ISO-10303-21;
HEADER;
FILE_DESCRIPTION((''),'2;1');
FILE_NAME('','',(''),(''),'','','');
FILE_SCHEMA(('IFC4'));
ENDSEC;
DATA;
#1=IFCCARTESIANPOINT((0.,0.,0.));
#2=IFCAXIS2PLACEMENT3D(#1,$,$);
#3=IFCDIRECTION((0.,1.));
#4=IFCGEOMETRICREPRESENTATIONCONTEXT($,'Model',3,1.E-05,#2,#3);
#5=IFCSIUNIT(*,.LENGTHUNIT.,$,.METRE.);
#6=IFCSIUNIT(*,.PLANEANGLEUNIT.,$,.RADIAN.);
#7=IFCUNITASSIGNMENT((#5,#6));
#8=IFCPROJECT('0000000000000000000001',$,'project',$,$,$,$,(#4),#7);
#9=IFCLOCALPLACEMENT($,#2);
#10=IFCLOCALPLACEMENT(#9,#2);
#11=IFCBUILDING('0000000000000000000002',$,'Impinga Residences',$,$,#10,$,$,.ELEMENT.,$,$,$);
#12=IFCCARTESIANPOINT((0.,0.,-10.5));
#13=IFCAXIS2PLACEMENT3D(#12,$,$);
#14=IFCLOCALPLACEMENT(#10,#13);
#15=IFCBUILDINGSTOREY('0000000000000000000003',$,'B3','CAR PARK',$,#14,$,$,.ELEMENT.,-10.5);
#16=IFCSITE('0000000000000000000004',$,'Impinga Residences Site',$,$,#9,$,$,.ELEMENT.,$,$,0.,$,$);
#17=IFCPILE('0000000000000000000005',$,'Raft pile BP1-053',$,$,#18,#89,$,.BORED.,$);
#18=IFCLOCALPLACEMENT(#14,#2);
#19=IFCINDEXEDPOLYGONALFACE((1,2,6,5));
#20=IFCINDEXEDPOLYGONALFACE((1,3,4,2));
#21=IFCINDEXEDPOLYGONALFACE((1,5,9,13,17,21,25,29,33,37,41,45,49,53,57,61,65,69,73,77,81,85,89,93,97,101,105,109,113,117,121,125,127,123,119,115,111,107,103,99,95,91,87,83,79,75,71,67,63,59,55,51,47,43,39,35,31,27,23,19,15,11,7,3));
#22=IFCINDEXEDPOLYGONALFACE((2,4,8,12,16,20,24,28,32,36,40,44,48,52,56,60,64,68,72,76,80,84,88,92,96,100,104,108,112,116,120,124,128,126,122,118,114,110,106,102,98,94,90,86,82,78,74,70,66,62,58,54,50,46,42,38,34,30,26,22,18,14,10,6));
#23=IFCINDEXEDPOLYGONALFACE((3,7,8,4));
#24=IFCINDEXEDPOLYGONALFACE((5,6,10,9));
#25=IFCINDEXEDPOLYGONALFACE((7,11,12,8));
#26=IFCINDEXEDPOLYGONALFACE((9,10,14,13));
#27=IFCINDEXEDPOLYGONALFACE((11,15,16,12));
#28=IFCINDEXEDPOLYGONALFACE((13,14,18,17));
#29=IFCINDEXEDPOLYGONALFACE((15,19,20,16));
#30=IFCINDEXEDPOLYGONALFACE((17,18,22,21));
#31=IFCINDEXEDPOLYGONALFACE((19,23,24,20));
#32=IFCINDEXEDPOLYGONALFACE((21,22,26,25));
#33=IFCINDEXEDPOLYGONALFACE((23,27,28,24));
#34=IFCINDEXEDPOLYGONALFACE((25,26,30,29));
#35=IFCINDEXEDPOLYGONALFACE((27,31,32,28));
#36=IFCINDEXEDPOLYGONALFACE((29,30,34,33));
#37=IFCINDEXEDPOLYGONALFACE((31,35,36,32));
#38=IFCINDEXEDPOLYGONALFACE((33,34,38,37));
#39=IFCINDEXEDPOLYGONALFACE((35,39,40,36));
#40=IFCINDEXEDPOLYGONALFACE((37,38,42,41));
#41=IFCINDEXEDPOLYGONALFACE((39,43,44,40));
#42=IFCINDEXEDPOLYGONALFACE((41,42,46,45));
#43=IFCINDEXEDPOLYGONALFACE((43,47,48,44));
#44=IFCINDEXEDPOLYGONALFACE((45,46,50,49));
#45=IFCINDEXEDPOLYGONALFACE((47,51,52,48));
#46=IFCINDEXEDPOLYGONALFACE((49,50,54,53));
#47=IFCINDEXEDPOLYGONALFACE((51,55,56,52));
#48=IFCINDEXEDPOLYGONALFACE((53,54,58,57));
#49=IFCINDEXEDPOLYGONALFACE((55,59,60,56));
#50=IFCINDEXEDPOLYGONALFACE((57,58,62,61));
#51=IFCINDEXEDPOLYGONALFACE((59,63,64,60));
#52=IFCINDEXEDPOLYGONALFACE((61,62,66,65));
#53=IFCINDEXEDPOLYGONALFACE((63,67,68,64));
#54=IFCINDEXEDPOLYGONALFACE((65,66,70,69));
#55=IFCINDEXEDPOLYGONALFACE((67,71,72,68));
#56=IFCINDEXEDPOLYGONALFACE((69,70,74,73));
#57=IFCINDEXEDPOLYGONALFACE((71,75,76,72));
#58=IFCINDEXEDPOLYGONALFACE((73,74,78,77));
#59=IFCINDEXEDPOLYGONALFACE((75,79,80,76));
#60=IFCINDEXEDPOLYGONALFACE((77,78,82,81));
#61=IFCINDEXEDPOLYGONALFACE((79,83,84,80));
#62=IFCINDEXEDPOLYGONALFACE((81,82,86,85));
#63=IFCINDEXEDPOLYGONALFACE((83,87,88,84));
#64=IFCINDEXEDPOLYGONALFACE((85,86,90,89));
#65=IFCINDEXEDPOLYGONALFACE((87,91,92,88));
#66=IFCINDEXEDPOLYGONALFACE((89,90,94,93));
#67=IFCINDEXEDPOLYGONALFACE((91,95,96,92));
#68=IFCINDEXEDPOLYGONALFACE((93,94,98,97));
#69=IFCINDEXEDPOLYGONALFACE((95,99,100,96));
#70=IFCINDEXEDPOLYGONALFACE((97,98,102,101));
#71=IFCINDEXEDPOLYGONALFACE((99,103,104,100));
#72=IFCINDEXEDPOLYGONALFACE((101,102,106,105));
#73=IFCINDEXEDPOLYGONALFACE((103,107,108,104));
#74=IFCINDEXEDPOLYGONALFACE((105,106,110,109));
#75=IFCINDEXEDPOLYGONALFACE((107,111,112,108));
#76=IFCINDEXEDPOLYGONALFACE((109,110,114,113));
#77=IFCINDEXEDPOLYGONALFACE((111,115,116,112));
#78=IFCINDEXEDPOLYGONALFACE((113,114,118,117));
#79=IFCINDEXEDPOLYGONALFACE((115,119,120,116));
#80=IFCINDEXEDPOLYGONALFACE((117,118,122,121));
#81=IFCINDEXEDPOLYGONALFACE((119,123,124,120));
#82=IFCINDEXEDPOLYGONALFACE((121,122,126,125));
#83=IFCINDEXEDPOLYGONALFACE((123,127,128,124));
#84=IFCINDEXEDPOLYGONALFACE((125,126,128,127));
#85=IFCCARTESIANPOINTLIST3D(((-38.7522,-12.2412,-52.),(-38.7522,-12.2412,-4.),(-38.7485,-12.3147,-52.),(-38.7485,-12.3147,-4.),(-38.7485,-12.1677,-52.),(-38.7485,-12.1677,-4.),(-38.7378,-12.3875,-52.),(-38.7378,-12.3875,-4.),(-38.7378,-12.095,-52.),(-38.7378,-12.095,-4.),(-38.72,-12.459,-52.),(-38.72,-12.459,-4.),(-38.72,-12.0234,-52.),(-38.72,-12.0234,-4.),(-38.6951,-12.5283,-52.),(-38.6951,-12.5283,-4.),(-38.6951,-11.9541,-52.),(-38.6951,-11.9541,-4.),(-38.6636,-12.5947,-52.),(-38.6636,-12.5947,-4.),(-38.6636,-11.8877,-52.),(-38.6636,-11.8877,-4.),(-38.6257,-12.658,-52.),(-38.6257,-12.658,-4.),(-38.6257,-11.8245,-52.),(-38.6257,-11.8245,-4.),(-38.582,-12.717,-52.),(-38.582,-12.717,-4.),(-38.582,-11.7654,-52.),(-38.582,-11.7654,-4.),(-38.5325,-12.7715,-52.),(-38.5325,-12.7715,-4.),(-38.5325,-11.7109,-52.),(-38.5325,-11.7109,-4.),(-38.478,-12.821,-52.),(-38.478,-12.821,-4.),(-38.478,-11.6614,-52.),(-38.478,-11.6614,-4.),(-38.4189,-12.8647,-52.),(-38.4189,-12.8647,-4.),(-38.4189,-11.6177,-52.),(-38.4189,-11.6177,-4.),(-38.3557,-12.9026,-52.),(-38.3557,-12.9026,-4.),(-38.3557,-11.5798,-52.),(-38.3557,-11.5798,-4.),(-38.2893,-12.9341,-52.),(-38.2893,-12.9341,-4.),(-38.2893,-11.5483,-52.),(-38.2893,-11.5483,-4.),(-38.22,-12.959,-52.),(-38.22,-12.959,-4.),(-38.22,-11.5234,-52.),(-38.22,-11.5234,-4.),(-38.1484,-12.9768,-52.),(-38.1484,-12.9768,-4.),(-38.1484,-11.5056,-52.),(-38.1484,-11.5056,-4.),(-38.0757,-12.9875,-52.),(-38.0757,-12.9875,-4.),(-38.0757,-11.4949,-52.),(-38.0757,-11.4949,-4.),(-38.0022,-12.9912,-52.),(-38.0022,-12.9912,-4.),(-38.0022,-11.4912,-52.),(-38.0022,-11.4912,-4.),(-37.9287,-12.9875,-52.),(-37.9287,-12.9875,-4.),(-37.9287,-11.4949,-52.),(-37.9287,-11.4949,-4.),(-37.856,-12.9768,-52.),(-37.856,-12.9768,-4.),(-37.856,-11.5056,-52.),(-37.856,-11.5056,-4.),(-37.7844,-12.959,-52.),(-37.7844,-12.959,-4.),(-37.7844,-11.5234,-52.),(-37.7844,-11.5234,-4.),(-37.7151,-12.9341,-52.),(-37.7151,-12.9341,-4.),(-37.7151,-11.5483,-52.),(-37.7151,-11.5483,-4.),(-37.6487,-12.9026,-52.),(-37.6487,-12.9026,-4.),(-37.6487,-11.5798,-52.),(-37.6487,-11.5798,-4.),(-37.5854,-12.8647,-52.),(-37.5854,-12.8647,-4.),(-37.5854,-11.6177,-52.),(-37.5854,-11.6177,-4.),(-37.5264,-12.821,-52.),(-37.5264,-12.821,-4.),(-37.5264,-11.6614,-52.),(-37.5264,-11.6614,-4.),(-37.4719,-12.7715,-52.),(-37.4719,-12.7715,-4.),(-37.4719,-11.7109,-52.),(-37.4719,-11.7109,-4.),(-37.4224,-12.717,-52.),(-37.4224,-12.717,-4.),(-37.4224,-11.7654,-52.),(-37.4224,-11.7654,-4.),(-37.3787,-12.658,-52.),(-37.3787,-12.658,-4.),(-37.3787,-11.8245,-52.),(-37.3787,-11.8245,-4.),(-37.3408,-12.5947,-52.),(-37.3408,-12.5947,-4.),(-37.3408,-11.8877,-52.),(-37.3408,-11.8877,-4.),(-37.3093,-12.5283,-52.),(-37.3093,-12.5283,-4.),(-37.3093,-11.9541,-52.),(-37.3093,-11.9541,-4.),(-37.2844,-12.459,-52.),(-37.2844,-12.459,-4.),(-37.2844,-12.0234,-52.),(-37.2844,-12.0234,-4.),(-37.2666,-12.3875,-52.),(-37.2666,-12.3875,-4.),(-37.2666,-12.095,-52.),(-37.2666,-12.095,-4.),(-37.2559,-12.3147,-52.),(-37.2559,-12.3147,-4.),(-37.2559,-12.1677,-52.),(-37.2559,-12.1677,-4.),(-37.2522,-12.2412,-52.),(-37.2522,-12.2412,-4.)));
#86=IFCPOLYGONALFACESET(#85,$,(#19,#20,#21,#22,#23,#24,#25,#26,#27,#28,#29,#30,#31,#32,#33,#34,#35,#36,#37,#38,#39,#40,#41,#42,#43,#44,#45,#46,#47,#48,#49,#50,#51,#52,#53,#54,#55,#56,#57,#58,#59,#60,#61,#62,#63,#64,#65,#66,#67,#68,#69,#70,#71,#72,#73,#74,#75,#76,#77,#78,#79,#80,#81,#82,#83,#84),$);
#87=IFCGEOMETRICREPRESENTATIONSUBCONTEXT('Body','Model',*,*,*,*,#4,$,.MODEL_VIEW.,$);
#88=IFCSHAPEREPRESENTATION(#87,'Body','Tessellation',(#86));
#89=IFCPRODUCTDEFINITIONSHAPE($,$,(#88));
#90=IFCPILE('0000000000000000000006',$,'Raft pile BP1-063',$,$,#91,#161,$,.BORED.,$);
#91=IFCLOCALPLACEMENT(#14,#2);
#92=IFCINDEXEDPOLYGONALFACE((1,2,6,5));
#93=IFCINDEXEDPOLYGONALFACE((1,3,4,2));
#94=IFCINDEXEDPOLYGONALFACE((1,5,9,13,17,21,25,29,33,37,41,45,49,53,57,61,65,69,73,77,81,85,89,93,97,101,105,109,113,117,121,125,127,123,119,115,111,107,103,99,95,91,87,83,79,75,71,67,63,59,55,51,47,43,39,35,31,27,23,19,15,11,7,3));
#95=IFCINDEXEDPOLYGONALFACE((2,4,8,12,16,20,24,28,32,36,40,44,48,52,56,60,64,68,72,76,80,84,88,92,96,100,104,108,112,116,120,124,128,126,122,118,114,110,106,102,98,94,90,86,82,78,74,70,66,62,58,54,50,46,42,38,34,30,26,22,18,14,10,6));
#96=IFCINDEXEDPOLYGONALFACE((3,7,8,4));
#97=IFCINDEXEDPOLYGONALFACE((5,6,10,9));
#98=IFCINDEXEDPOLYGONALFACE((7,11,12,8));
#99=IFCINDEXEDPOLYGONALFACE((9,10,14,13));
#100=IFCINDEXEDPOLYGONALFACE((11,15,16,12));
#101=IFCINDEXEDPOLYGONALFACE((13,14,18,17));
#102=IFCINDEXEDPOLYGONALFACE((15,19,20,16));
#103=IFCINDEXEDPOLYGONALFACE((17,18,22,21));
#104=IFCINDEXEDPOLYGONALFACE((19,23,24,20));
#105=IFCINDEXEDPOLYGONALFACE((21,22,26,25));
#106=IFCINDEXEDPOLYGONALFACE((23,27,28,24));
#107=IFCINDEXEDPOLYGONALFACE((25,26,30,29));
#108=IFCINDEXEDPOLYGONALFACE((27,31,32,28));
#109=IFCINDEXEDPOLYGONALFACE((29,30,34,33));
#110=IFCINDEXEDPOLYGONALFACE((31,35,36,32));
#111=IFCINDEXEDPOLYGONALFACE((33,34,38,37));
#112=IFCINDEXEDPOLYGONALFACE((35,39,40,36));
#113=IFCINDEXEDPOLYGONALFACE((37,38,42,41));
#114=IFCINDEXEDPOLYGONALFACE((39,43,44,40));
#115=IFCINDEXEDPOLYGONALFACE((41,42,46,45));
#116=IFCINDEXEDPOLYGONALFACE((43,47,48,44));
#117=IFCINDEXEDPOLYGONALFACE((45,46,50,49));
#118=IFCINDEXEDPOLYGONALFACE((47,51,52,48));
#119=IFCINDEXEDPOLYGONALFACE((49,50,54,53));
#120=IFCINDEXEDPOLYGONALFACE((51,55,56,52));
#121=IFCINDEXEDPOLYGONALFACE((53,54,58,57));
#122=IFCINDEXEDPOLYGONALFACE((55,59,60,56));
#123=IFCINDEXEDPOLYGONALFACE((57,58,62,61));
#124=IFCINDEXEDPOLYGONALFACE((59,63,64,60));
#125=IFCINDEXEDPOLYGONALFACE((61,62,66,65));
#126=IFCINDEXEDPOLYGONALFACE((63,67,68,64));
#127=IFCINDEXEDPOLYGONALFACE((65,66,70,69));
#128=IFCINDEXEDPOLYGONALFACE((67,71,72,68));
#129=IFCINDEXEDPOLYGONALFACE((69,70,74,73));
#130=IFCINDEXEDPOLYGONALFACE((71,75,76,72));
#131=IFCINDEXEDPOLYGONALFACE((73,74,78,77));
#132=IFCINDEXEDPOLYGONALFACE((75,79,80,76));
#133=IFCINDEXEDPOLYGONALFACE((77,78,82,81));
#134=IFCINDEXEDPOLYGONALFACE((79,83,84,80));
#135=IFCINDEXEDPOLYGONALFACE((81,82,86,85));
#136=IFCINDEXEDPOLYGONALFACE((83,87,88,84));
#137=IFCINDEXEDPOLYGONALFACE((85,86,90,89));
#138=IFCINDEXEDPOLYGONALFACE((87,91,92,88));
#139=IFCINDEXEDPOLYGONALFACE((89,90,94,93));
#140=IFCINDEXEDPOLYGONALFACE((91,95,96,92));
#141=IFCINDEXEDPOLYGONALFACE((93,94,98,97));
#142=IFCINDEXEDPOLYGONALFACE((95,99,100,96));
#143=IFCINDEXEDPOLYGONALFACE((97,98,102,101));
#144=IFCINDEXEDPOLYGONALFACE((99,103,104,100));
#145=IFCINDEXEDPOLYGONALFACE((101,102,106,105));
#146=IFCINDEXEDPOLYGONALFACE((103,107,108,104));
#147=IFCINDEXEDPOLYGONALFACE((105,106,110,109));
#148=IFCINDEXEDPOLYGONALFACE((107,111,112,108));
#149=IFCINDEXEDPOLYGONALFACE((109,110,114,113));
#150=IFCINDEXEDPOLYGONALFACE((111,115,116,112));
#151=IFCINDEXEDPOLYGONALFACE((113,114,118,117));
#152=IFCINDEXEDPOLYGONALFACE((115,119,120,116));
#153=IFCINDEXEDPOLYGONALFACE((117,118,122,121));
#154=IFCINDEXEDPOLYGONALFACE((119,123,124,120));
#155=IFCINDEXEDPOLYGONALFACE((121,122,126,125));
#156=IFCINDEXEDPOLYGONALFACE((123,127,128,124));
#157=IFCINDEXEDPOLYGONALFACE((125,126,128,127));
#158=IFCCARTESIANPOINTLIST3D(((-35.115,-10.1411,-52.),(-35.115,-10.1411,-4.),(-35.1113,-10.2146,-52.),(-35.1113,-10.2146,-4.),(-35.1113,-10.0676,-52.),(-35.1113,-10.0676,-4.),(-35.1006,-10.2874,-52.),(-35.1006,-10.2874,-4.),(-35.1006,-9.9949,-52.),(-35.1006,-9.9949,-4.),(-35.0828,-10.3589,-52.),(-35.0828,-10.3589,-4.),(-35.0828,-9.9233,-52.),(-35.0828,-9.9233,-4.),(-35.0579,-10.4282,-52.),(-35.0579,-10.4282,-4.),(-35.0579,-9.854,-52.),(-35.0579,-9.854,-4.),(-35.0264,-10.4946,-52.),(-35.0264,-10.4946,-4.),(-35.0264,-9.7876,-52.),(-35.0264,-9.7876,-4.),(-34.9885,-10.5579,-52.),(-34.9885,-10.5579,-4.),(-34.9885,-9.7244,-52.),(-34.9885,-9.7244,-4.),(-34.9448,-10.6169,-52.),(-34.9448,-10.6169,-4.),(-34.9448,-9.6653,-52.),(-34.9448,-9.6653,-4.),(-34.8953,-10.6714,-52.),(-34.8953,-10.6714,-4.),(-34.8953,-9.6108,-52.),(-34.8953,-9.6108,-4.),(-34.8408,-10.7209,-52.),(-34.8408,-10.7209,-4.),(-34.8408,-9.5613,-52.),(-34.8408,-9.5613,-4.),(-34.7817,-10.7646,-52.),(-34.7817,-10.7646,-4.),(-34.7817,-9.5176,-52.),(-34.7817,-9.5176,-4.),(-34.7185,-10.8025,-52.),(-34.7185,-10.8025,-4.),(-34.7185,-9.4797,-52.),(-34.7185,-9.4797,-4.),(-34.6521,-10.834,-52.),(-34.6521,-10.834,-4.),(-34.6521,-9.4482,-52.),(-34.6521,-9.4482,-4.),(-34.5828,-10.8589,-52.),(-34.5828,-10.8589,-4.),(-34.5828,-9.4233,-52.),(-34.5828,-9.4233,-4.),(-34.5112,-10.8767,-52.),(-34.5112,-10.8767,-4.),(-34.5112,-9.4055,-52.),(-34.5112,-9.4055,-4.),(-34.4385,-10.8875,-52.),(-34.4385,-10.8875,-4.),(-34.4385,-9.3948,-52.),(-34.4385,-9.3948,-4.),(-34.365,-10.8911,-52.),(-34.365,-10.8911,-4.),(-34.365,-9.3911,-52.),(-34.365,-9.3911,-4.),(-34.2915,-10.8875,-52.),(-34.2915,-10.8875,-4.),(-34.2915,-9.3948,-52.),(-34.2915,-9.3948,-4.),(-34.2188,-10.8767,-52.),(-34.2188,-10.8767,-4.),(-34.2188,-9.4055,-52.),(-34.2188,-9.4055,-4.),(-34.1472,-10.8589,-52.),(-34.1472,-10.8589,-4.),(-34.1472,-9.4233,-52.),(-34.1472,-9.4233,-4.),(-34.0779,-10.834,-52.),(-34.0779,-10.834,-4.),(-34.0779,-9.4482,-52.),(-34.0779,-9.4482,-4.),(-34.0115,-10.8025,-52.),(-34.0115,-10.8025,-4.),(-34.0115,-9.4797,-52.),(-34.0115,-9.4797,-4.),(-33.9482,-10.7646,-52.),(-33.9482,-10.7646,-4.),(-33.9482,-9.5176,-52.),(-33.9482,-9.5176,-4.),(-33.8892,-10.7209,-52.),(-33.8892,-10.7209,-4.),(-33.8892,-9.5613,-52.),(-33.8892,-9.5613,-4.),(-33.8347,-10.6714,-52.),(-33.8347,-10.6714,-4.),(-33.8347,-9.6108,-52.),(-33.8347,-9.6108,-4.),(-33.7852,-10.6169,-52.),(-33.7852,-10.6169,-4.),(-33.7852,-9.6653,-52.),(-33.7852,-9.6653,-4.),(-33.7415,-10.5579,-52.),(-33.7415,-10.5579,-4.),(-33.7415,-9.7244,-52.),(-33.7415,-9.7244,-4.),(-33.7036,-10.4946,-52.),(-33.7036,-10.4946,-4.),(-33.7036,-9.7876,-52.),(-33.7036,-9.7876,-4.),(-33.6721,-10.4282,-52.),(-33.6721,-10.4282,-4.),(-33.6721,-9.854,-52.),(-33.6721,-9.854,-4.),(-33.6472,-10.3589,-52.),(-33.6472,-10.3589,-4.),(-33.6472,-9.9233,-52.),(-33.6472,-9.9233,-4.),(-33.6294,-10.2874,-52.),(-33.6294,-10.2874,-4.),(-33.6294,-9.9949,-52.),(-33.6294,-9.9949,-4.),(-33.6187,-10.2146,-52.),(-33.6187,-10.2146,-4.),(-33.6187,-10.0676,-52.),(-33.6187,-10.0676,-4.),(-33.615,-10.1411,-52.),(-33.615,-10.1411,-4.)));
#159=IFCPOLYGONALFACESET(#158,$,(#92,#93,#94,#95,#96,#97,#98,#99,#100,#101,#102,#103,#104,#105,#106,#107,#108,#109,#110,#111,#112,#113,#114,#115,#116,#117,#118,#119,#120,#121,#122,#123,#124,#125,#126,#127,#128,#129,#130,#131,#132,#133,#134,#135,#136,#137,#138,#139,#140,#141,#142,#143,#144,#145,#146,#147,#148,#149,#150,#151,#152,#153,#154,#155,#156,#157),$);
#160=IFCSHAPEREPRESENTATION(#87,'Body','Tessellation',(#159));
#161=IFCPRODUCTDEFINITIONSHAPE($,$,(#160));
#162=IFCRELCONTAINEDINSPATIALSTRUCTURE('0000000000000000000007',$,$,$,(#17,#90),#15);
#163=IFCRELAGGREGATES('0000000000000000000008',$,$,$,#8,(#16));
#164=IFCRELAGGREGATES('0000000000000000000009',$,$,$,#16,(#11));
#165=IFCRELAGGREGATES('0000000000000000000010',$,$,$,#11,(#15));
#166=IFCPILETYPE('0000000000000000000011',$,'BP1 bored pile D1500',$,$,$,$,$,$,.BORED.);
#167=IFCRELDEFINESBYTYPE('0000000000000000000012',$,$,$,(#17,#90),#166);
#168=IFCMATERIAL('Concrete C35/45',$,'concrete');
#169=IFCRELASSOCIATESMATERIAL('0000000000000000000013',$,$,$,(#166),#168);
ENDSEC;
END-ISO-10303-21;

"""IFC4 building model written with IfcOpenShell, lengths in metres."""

from ifc_helpers import new_model, si_unit, direction, frame, origin, origin_2d, place, context, subcontext, project, spatial, polyline, circle, outline, extrude, material, material_profile, profile_set, type_object, element, save


model = new_model("IFC4")

# Units and contexts
model_context = context("Model", 3, precision=1e-05, world=origin(), true_north=direction((0.0, 1.0)))
body_context = subcontext(model_context, "Body", "Model", "MODEL_VIEW")
ifc_project = project(units=[si_unit("LENGTHUNIT", "METRE"), si_unit("PLANEANGLEUNIT", "RADIAN")], contexts=[model_context])

# Site, building, storey
site_placement = place(None, origin())
site = spatial("IfcSite", under=ifc_project, at=site_placement, Name="Impinga Residences Site", CompositionType="ELEMENT", RefElevation=0.0)
building_placement = place(site_placement, origin())
building = spatial("IfcBuilding", under=site, at=building_placement, Name="Impinga Residences", CompositionType="ELEMENT")
storey_placement = place(building_placement, frame((0.0, 0.0, -10.5)))
storey = spatial("IfcBuildingStorey", under=building, at=storey_placement, Name="B3", Description="CAR PARK", CompositionType="ELEMENT", Elevation=-10.5)

# Piles
ifc_material_1 = material(Name="Concrete C35/45", Category="concrete")
ifc_material_profile_1 = material_profile(ifc_material_1, circle(Radius=0.75, at=origin_2d()), Name="D1500")
ifc_profile_set_1 = profile_set([ifc_material_profile_1], Name="Concrete C35/45")
pile_type_1 = type_object("IfcPileType", Name="BP1 bored pile D1500", PredefinedType="BORED", material=ifc_profile_set_1)
pile_1_placement = place(storey_placement, frame((-38.0022, -12.2412, -4.0), z_axis=(0.0, 0.0, -1.0), x_axis=(1.0, 0.0, 0.0)))
element("IfcPile", 1, at=pile_1_placement, inside=storey, type_object=pile_type_1, Name="Raft pile BP1-053", PredefinedType="BORED", context=body_context, shape_type="SweptSolid", body=[
    extrude(outline(polyline([(0.75, 0.0), (0.7463, 0.0735), (0.7356, 0.1462), (0.7178, 0.2178), (0.6929, 0.2871), (0.6614, 0.3535), (0.6235, 0.4167), (0.5798, 0.4758), (0.5303, 0.5303), (0.4758, 0.5798), (0.4167, 0.6235), (0.3535, 0.6614), (0.2871, 0.6929), (0.2178, 0.7178), (0.1462, 0.7356), (0.0735, 0.7463), (0.0, 0.75), (-0.0735, 0.7463), (-0.1462, 0.7356), (-0.2178, 0.7178), (-0.2871, 0.6929), (-0.3535, 0.6614), (-0.4167, 0.6235), (-0.4758, 0.5798), (-0.5303, 0.5303), (-0.5798, 0.4758), (-0.6235, 0.4167), (-0.6614, 0.3535), (-0.6929, 0.2871), (-0.7178, 0.2178), (-0.7356, 0.1462), (-0.7463, 0.0735), (-0.75, 0.0), (-0.7463, -0.0735), (-0.7356, -0.1462), (-0.7178, -0.2178), (-0.6929, -0.2871), (-0.6614, -0.3535), (-0.6235, -0.4167), (-0.5798, -0.4758), (-0.5303, -0.5303), (-0.4758, -0.5798), (-0.4167, -0.6235), (-0.3535, -0.6614), (-0.2871, -0.6929), (-0.2178, -0.7178), (-0.1462, -0.7356), (-0.0735, -0.7463), (0.0, -0.75), (0.0735, -0.7463), (0.1462, -0.7356), (0.2178, -0.7178), (0.2871, -0.6929), (0.3535, -0.6614), (0.4167, -0.6235), (0.4758, -0.5798), (0.5303, -0.5303), (0.5798, -0.4758), (0.6235, -0.4167), (0.6614, -0.3535), (0.6929, -0.2871), (0.7178, -0.2178), (0.7356, -0.1462), (0.7463, -0.0735), (0.75, 0.0)])), origin(), (0.0, 0.0, 1.0), 48.0),
])
pile_2_placement = place(storey_placement, frame((-34.365, -10.1411, -4.0), z_axis=(0.0, 0.0, -1.0), x_axis=(1.0, 0.0, 0.0)))
element("IfcPile", 2, at=pile_2_placement, inside=storey, type_object=pile_type_1, Name="Raft pile BP1-063", PredefinedType="BORED", context=body_context, shape_type="SweptSolid", body=[
    extrude(outline(polyline([(0.75, 0.0), (0.7463, 0.0735), (0.7356, 0.1462), (0.7178, 0.2178), (0.6929, 0.2871), (0.6614, 0.3535), (0.6235, 0.4167), (0.5798, 0.4758), (0.5303, 0.5303), (0.4758, 0.5798), (0.4167, 0.6235), (0.3535, 0.6614), (0.2871, 0.6929), (0.2178, 0.7178), (0.1462, 0.7356), (0.0735, 0.7463), (0.0, 0.75), (-0.0735, 0.7463), (-0.1462, 0.7356), (-0.2178, 0.7178), (-0.2871, 0.6929), (-0.3535, 0.6614), (-0.4167, 0.6235), (-0.4758, 0.5798), (-0.5303, 0.5303), (-0.5798, 0.4758), (-0.6235, 0.4167), (-0.6614, 0.3535), (-0.6929, 0.2871), (-0.7178, 0.2178), (-0.7356, 0.1462), (-0.7463, 0.0735), (-0.75, 0.0), (-0.7463, -0.0735), (-0.7356, -0.1462), (-0.7178, -0.2178), (-0.6929, -0.2871), (-0.6614, -0.3535), (-0.6235, -0.4167), (-0.5798, -0.4758), (-0.5303, -0.5303), (-0.4758, -0.5798), (-0.4167, -0.6235), (-0.3535, -0.6614), (-0.2871, -0.6929), (-0.2178, -0.7178), (-0.1462, -0.7356), (-0.0735, -0.7463), (0.0, -0.75), (0.0735, -0.7463), (0.1462, -0.7356), (0.2178, -0.7178), (0.2871, -0.6929), (0.3535, -0.6614), (0.4167, -0.6235), (0.4758, -0.5798), (0.5303, -0.5303), (0.5798, -0.4758), (0.6235, -0.4167), (0.6614, -0.3535), (0.6929, -0.2871), (0.7178, -0.2178), (0.7356, -0.1462), (0.7463, -0.0735), (0.75, 0.0)])), origin(), (0.0, 0.0, 1.0), 48.0),
])

save(model, "model.ifc")
